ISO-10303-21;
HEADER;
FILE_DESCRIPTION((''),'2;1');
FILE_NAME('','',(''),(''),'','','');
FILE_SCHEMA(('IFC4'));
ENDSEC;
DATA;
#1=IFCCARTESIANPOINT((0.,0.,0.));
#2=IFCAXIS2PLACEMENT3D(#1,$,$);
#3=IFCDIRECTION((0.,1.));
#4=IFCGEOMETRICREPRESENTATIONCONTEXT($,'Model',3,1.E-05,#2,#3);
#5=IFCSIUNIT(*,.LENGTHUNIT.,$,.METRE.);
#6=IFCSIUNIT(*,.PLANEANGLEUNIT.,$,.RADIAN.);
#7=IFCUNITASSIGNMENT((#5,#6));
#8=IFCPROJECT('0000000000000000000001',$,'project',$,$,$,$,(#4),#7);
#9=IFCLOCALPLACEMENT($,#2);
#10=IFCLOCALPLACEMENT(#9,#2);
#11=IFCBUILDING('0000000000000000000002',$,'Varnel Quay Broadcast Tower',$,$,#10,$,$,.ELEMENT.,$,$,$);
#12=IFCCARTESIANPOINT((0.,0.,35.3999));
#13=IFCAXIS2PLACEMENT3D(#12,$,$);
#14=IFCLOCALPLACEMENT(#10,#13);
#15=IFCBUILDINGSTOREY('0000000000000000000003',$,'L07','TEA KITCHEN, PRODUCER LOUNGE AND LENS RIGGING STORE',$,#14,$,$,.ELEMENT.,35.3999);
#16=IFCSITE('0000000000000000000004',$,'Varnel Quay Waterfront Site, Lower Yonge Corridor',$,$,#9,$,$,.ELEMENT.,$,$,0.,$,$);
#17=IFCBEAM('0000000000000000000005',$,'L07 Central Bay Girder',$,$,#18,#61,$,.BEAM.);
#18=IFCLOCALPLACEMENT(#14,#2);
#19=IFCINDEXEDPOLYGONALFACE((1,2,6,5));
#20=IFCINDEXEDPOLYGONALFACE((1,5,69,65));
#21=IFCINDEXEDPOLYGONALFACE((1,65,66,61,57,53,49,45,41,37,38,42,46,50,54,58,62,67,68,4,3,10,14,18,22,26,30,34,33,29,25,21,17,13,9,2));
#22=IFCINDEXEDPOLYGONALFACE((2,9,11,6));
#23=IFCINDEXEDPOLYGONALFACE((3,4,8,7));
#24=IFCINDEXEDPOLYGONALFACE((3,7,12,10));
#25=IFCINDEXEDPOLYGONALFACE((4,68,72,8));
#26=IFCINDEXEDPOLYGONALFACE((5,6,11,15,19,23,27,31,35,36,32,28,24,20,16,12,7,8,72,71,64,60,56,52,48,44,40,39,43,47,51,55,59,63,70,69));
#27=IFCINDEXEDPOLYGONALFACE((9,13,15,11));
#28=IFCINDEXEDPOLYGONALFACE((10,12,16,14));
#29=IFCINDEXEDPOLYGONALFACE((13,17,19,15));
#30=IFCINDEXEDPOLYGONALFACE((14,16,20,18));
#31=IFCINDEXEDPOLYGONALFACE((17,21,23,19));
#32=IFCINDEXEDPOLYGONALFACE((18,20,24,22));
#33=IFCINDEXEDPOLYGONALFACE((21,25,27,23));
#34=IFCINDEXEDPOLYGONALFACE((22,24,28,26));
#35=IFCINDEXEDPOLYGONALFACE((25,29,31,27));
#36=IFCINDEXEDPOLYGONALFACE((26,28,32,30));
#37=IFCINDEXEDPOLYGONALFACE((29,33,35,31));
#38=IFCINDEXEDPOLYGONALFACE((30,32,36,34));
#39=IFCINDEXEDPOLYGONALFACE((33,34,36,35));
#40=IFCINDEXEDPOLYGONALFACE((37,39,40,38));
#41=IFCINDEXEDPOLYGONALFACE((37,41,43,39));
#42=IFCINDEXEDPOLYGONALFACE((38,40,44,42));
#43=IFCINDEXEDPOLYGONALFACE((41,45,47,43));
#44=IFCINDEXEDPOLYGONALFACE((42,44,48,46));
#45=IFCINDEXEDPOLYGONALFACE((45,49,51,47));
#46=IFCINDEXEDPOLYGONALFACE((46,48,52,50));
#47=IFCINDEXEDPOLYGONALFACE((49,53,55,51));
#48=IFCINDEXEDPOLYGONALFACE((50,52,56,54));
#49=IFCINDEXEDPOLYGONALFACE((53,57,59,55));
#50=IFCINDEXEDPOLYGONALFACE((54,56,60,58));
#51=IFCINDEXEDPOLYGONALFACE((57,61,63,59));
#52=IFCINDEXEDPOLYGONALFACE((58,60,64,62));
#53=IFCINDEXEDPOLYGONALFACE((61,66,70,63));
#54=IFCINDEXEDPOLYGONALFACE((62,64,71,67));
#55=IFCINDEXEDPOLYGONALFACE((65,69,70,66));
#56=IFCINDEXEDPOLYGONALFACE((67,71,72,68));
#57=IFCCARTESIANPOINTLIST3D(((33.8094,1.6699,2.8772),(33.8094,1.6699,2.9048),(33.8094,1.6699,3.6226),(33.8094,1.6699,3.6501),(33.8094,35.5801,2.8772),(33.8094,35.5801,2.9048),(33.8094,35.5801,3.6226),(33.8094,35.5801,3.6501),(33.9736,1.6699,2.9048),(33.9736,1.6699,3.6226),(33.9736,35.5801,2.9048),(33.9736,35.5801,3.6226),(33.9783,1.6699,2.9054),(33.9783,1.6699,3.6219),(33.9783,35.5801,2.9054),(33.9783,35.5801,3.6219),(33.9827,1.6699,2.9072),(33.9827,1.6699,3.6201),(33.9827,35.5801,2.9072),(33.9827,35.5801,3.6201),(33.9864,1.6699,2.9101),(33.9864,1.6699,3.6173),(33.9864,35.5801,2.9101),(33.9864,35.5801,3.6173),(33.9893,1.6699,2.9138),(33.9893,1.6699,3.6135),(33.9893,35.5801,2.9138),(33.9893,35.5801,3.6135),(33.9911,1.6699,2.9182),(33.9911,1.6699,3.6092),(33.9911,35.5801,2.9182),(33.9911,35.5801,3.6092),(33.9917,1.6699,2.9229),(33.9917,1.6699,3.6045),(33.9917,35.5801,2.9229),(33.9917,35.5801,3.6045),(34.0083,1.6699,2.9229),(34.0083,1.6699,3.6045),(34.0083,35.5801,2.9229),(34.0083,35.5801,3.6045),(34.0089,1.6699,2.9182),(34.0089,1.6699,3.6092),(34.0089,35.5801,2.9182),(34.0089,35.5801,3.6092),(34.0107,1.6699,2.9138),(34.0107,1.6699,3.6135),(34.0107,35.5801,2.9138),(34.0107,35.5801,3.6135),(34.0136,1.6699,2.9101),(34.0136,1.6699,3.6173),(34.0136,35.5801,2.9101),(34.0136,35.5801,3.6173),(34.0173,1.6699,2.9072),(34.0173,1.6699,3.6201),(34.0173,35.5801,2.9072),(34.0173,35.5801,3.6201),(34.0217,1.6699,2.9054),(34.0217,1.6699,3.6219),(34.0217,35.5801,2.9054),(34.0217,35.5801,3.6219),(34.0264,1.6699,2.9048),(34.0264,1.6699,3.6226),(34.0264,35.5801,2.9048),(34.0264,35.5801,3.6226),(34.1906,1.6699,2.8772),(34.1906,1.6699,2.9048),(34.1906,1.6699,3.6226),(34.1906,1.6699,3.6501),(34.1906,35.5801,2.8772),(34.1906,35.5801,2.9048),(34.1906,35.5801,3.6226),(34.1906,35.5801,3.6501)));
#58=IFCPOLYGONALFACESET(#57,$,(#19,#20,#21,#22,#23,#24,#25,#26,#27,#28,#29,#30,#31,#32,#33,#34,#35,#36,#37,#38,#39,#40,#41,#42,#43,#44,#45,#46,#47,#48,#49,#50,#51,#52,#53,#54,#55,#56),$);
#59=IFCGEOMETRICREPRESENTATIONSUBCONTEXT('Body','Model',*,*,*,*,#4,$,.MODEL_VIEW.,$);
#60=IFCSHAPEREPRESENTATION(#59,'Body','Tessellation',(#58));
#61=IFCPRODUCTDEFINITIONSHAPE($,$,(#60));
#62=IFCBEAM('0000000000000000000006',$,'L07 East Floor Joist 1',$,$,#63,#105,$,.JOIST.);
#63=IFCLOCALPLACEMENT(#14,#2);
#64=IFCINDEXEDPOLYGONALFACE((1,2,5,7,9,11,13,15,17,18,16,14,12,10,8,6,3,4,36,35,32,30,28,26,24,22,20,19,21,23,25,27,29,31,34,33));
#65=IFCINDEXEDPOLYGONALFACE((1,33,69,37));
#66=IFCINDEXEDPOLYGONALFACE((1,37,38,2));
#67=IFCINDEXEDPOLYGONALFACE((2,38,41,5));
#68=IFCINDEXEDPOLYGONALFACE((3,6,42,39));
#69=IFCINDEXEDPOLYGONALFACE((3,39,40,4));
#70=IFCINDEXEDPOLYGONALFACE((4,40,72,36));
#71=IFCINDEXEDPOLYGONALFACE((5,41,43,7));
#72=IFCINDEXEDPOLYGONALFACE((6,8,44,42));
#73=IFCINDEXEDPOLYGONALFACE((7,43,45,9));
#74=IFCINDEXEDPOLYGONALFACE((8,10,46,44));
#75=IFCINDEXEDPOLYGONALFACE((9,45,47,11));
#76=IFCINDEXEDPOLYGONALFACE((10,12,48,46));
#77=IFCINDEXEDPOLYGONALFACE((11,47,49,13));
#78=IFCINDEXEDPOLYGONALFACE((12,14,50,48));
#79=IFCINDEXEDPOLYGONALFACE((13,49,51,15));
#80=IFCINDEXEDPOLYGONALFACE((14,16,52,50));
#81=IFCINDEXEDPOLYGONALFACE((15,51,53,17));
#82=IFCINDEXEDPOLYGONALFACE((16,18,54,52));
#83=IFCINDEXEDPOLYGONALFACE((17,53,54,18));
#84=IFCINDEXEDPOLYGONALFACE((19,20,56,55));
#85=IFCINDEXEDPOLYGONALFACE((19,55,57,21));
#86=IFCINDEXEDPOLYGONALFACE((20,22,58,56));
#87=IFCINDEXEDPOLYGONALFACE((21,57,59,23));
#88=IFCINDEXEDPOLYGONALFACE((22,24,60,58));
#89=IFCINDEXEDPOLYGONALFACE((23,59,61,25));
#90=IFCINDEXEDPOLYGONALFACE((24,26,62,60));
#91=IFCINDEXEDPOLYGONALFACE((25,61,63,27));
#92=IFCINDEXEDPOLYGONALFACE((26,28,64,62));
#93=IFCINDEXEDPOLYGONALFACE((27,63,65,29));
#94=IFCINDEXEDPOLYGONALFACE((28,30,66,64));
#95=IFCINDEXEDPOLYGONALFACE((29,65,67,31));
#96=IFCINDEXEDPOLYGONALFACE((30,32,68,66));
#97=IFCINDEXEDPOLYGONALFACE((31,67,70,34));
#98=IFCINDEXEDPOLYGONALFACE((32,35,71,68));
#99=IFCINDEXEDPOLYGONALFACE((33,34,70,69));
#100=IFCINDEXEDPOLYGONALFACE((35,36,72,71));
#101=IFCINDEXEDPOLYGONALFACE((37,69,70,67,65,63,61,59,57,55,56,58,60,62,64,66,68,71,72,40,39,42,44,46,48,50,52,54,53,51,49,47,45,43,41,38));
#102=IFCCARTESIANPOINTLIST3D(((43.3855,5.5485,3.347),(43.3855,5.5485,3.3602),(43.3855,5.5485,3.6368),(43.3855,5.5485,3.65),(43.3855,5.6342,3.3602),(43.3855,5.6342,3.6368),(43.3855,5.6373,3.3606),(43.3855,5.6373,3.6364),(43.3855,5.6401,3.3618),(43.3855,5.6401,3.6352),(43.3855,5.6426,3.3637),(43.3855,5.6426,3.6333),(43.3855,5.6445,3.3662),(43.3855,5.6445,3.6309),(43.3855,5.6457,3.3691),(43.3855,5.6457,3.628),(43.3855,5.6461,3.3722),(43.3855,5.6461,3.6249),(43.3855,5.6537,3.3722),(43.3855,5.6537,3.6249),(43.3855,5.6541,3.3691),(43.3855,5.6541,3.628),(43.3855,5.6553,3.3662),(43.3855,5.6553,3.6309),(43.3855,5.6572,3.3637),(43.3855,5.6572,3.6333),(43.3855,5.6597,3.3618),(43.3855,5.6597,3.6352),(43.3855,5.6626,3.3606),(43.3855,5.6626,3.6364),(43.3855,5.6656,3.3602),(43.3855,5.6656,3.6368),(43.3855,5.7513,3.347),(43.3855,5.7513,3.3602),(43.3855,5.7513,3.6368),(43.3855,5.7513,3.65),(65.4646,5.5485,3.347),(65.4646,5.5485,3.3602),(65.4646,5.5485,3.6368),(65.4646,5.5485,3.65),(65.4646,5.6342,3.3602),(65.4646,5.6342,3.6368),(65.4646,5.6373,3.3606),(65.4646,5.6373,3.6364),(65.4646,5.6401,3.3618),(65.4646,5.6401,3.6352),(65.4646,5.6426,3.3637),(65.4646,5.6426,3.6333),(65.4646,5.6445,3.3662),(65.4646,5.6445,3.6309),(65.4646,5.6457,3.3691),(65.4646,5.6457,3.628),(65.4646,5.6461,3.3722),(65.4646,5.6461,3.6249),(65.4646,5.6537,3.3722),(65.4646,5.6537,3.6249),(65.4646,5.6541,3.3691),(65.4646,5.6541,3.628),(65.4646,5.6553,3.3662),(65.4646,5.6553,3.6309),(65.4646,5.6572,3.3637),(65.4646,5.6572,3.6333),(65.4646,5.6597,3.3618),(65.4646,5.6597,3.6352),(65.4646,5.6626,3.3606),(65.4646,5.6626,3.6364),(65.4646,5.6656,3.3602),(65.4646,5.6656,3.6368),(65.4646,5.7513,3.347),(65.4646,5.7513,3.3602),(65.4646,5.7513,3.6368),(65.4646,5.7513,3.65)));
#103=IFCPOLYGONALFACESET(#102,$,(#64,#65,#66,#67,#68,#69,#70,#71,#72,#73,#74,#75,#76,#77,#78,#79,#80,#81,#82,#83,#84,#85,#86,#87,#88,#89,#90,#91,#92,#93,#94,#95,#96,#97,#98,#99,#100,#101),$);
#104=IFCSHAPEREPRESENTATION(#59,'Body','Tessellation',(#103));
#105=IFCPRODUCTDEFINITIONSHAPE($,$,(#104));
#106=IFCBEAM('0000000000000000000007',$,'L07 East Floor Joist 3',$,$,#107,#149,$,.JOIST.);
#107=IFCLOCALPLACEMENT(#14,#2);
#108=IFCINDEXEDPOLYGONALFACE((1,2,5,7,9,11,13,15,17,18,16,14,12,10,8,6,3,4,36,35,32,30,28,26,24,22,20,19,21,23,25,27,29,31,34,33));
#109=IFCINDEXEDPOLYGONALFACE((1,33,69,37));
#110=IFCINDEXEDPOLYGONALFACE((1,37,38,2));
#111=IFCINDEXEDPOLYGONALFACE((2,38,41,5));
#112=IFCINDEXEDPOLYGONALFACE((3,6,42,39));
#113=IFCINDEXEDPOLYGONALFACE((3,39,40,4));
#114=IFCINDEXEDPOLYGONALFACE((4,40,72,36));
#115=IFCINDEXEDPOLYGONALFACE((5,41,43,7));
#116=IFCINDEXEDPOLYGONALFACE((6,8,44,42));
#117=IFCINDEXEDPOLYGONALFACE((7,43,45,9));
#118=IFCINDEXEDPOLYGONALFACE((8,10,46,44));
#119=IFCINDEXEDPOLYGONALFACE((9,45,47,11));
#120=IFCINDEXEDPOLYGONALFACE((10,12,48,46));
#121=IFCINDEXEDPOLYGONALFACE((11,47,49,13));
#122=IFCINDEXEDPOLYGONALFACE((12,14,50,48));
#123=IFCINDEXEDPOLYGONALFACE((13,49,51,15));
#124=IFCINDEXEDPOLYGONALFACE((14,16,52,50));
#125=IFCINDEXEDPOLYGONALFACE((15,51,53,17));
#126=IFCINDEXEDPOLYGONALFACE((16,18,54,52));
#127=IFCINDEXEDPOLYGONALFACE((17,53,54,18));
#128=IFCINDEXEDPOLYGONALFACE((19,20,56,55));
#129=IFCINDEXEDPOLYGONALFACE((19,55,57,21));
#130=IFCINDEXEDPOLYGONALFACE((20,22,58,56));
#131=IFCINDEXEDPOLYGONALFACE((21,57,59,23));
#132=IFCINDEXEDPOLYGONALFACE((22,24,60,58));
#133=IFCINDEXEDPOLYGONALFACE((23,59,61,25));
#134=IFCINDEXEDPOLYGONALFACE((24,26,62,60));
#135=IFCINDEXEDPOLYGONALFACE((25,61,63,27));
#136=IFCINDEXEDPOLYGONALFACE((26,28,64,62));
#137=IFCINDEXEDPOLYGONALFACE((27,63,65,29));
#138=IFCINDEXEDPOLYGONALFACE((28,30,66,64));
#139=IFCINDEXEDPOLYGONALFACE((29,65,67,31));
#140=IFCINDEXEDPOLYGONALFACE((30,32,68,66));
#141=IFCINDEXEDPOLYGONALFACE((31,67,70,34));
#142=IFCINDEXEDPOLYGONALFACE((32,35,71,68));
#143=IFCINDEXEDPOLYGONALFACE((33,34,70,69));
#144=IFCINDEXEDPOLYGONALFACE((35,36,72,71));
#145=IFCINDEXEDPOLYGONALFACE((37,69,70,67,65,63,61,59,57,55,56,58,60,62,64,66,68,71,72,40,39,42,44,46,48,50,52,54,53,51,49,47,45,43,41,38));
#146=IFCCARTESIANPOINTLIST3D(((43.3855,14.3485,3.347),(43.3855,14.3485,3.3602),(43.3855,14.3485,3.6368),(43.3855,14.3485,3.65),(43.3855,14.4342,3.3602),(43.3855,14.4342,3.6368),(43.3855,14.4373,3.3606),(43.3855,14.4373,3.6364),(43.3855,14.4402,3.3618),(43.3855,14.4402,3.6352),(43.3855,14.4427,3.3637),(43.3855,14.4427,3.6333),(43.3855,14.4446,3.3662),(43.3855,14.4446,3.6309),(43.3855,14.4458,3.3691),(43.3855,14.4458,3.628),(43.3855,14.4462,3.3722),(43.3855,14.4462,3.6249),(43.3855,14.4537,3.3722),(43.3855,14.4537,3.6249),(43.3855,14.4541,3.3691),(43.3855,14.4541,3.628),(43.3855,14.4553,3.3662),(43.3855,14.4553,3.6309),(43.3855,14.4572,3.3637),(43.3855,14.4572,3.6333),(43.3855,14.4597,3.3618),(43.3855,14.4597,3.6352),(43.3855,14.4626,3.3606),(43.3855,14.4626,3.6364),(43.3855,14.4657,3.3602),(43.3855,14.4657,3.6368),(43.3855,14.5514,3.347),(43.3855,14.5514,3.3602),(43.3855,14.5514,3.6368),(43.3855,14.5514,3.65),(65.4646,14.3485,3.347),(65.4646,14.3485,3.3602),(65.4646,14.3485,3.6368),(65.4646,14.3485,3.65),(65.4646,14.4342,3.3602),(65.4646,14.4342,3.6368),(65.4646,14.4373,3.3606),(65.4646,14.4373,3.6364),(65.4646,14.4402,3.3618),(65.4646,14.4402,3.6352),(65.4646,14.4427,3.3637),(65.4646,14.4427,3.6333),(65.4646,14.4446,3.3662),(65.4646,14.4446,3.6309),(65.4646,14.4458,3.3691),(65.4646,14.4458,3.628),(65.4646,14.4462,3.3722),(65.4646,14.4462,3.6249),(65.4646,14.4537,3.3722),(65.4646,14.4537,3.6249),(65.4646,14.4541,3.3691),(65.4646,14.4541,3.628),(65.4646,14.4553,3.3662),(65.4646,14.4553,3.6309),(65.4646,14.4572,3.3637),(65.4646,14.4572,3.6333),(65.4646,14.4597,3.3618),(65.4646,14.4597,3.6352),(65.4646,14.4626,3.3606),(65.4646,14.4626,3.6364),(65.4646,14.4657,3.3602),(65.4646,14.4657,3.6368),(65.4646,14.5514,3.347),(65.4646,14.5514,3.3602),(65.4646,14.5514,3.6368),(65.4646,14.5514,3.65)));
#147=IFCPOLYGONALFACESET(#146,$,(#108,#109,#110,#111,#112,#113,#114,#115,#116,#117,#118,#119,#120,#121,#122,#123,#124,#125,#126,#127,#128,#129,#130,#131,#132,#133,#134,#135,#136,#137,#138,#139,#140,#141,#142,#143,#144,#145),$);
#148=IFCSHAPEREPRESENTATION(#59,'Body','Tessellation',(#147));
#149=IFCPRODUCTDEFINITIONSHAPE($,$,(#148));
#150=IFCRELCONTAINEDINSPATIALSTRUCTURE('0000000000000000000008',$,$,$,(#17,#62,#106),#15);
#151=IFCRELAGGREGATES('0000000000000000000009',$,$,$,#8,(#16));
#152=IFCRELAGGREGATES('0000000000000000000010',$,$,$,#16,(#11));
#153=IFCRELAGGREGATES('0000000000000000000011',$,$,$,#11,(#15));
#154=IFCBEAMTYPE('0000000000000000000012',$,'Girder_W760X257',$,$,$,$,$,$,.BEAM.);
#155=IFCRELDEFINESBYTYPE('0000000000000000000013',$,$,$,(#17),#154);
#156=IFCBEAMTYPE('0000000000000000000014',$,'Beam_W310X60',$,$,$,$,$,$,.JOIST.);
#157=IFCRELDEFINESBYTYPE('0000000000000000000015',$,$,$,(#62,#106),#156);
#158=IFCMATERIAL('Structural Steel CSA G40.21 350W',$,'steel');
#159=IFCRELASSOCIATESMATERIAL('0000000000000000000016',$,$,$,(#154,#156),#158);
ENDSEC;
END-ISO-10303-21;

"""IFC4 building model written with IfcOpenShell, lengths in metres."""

from ifc_helpers import new_model, si_unit, direction, frame, origin, origin_2d, place, context, subcontext, project, spatial, i_section, extrude, source, transform, mapped, material, material_profile, profile_set, type_object, type_shapes, element, save


model = new_model("IFC4")

# Units and contexts
model_context = context("Model", 3, precision=1e-05, world=origin(), true_north=direction((0.0, 1.0)))
body_context = subcontext(model_context, "Body", "Model", "MODEL_VIEW")
ifc_project = project(units=[si_unit("LENGTHUNIT", "METRE"), si_unit("PLANEANGLEUNIT", "RADIAN")], contexts=[model_context])

# Site, building, storey
site_placement = place(None, origin())
site = spatial("IfcSite", under=ifc_project, at=site_placement, Name="Varnel Quay Waterfront Site, Lower Yonge Corridor", CompositionType="ELEMENT", RefElevation=0.0)
building_placement = place(site_placement, origin())
building = spatial("IfcBuilding", under=site, at=building_placement, Name="Varnel Quay Broadcast Tower", CompositionType="ELEMENT")
storey_placement = place(building_placement, frame((0.0, 0.0, 35.3999)))
storey = spatial("IfcBuildingStorey", under=building, at=storey_placement, Name="L07", Description="TEA KITCHEN, PRODUCER LOUNGE AND LENS RIGGING STORE", CompositionType="ELEMENT", Elevation=35.3999)

# Shared definitions
ifc_material_1 = material(Name="Structural Steel CSA G40.21 350W", Category="steel")

# Beams
ifc_material_profile_1 = material_profile(ifc_material_1, i_section(OverallWidth=0.3811, OverallDepth=0.7729, WebThickness=0.0166, FlangeThickness=0.0276, FilletRadius=0.0181, at=origin_2d()), Name="W760X257")
ifc_profile_set_1 = profile_set([ifc_material_profile_1], Name="Structural Steel CSA G40.21 350W")
beam_type_1 = type_object("IfcBeamType", Name="Girder_W760X257", PredefinedType="BEAM", material=ifc_profile_set_1)
shared_shape_1 = source(origin(), body_context, "Body", "SweptSolid", [
    extrude(i_section(OverallWidth=0.3811, OverallDepth=0.7729, WebThickness=0.0166, FlangeThickness=0.0276, FilletRadius=0.0181, at=origin_2d()), origin(), (0.0, 0.0, 1.0), 33.9102),
])
beam_1_placement = place(storey_placement, frame((34.0, 1.6699, 3.2637), z_axis=(0.0, 1.0, 0.0), x_axis=(-1.0, 0.0, 0.0)))
element("IfcBeam", 1, at=beam_1_placement, inside=storey, type_object=beam_type_1, Name="L07 Central Bay Girder", PredefinedType="BEAM", context=body_context, shape_type="MappedRepresentation", body=[
    mapped(shared_shape_1, transform((0.0, 0.0, 0.0), x_axis=(1.0, 0.0, 0.0), y_axis=(0.0, 1.0, 0.0), z_axis=(0.0, 0.0, 1.0), scale=1.0)),
])
ifc_material_profile_2 = material_profile(ifc_material_1, i_section(OverallWidth=0.2029, OverallDepth=0.303, WebThickness=0.0076, FlangeThickness=0.0132, FilletRadius=0.012, at=origin_2d()), Name="W310X60")
ifc_profile_set_2 = profile_set([ifc_material_profile_2], Name="Structural Steel CSA G40.21 350W")
beam_type_2 = type_object("IfcBeamType", Name="Beam_W310X60", PredefinedType="JOIST", material=ifc_profile_set_2)
shared_shape_2 = source(origin(), body_context, "Body", "SweptSolid", [
    extrude(i_section(OverallWidth=0.2029, OverallDepth=0.303, WebThickness=0.0076, FlangeThickness=0.0132, FilletRadius=0.012, at=origin_2d()), origin(), (0.0, 0.0, 1.0), 22.0791),
])
type_shapes(beam_type_2, [shared_shape_2])
for number, where, z_axis, x_axis, name in (
    (2, (43.3855, 5.6499, 3.4985), (1.0, 0.0, 0.0), (0.0, 1.0, 0.0), "L07 East Floor Joist 1"),
    (3, (43.3855, 14.45, 3.4985), (1.0, 0.0, 0.0), (0.0, 1.0, 0.0), "L07 East Floor Joist 3"),
):
    element("IfcBeam", number, at=place(storey_placement, frame(where, z_axis=z_axis, x_axis=x_axis)), inside=storey, type_object=beam_type_2, Name=name, PredefinedType="JOIST", context=body_context, shape_type="MappedRepresentation", body=[
        mapped(shared_shape_2, transform((0.0, 0.0, 0.0), x_axis=(1.0, 0.0, 0.0), y_axis=(0.0, 1.0, 0.0), z_axis=(0.0, 0.0, 1.0), scale=1.0)),
    ])

save(model, "model.ifc")
